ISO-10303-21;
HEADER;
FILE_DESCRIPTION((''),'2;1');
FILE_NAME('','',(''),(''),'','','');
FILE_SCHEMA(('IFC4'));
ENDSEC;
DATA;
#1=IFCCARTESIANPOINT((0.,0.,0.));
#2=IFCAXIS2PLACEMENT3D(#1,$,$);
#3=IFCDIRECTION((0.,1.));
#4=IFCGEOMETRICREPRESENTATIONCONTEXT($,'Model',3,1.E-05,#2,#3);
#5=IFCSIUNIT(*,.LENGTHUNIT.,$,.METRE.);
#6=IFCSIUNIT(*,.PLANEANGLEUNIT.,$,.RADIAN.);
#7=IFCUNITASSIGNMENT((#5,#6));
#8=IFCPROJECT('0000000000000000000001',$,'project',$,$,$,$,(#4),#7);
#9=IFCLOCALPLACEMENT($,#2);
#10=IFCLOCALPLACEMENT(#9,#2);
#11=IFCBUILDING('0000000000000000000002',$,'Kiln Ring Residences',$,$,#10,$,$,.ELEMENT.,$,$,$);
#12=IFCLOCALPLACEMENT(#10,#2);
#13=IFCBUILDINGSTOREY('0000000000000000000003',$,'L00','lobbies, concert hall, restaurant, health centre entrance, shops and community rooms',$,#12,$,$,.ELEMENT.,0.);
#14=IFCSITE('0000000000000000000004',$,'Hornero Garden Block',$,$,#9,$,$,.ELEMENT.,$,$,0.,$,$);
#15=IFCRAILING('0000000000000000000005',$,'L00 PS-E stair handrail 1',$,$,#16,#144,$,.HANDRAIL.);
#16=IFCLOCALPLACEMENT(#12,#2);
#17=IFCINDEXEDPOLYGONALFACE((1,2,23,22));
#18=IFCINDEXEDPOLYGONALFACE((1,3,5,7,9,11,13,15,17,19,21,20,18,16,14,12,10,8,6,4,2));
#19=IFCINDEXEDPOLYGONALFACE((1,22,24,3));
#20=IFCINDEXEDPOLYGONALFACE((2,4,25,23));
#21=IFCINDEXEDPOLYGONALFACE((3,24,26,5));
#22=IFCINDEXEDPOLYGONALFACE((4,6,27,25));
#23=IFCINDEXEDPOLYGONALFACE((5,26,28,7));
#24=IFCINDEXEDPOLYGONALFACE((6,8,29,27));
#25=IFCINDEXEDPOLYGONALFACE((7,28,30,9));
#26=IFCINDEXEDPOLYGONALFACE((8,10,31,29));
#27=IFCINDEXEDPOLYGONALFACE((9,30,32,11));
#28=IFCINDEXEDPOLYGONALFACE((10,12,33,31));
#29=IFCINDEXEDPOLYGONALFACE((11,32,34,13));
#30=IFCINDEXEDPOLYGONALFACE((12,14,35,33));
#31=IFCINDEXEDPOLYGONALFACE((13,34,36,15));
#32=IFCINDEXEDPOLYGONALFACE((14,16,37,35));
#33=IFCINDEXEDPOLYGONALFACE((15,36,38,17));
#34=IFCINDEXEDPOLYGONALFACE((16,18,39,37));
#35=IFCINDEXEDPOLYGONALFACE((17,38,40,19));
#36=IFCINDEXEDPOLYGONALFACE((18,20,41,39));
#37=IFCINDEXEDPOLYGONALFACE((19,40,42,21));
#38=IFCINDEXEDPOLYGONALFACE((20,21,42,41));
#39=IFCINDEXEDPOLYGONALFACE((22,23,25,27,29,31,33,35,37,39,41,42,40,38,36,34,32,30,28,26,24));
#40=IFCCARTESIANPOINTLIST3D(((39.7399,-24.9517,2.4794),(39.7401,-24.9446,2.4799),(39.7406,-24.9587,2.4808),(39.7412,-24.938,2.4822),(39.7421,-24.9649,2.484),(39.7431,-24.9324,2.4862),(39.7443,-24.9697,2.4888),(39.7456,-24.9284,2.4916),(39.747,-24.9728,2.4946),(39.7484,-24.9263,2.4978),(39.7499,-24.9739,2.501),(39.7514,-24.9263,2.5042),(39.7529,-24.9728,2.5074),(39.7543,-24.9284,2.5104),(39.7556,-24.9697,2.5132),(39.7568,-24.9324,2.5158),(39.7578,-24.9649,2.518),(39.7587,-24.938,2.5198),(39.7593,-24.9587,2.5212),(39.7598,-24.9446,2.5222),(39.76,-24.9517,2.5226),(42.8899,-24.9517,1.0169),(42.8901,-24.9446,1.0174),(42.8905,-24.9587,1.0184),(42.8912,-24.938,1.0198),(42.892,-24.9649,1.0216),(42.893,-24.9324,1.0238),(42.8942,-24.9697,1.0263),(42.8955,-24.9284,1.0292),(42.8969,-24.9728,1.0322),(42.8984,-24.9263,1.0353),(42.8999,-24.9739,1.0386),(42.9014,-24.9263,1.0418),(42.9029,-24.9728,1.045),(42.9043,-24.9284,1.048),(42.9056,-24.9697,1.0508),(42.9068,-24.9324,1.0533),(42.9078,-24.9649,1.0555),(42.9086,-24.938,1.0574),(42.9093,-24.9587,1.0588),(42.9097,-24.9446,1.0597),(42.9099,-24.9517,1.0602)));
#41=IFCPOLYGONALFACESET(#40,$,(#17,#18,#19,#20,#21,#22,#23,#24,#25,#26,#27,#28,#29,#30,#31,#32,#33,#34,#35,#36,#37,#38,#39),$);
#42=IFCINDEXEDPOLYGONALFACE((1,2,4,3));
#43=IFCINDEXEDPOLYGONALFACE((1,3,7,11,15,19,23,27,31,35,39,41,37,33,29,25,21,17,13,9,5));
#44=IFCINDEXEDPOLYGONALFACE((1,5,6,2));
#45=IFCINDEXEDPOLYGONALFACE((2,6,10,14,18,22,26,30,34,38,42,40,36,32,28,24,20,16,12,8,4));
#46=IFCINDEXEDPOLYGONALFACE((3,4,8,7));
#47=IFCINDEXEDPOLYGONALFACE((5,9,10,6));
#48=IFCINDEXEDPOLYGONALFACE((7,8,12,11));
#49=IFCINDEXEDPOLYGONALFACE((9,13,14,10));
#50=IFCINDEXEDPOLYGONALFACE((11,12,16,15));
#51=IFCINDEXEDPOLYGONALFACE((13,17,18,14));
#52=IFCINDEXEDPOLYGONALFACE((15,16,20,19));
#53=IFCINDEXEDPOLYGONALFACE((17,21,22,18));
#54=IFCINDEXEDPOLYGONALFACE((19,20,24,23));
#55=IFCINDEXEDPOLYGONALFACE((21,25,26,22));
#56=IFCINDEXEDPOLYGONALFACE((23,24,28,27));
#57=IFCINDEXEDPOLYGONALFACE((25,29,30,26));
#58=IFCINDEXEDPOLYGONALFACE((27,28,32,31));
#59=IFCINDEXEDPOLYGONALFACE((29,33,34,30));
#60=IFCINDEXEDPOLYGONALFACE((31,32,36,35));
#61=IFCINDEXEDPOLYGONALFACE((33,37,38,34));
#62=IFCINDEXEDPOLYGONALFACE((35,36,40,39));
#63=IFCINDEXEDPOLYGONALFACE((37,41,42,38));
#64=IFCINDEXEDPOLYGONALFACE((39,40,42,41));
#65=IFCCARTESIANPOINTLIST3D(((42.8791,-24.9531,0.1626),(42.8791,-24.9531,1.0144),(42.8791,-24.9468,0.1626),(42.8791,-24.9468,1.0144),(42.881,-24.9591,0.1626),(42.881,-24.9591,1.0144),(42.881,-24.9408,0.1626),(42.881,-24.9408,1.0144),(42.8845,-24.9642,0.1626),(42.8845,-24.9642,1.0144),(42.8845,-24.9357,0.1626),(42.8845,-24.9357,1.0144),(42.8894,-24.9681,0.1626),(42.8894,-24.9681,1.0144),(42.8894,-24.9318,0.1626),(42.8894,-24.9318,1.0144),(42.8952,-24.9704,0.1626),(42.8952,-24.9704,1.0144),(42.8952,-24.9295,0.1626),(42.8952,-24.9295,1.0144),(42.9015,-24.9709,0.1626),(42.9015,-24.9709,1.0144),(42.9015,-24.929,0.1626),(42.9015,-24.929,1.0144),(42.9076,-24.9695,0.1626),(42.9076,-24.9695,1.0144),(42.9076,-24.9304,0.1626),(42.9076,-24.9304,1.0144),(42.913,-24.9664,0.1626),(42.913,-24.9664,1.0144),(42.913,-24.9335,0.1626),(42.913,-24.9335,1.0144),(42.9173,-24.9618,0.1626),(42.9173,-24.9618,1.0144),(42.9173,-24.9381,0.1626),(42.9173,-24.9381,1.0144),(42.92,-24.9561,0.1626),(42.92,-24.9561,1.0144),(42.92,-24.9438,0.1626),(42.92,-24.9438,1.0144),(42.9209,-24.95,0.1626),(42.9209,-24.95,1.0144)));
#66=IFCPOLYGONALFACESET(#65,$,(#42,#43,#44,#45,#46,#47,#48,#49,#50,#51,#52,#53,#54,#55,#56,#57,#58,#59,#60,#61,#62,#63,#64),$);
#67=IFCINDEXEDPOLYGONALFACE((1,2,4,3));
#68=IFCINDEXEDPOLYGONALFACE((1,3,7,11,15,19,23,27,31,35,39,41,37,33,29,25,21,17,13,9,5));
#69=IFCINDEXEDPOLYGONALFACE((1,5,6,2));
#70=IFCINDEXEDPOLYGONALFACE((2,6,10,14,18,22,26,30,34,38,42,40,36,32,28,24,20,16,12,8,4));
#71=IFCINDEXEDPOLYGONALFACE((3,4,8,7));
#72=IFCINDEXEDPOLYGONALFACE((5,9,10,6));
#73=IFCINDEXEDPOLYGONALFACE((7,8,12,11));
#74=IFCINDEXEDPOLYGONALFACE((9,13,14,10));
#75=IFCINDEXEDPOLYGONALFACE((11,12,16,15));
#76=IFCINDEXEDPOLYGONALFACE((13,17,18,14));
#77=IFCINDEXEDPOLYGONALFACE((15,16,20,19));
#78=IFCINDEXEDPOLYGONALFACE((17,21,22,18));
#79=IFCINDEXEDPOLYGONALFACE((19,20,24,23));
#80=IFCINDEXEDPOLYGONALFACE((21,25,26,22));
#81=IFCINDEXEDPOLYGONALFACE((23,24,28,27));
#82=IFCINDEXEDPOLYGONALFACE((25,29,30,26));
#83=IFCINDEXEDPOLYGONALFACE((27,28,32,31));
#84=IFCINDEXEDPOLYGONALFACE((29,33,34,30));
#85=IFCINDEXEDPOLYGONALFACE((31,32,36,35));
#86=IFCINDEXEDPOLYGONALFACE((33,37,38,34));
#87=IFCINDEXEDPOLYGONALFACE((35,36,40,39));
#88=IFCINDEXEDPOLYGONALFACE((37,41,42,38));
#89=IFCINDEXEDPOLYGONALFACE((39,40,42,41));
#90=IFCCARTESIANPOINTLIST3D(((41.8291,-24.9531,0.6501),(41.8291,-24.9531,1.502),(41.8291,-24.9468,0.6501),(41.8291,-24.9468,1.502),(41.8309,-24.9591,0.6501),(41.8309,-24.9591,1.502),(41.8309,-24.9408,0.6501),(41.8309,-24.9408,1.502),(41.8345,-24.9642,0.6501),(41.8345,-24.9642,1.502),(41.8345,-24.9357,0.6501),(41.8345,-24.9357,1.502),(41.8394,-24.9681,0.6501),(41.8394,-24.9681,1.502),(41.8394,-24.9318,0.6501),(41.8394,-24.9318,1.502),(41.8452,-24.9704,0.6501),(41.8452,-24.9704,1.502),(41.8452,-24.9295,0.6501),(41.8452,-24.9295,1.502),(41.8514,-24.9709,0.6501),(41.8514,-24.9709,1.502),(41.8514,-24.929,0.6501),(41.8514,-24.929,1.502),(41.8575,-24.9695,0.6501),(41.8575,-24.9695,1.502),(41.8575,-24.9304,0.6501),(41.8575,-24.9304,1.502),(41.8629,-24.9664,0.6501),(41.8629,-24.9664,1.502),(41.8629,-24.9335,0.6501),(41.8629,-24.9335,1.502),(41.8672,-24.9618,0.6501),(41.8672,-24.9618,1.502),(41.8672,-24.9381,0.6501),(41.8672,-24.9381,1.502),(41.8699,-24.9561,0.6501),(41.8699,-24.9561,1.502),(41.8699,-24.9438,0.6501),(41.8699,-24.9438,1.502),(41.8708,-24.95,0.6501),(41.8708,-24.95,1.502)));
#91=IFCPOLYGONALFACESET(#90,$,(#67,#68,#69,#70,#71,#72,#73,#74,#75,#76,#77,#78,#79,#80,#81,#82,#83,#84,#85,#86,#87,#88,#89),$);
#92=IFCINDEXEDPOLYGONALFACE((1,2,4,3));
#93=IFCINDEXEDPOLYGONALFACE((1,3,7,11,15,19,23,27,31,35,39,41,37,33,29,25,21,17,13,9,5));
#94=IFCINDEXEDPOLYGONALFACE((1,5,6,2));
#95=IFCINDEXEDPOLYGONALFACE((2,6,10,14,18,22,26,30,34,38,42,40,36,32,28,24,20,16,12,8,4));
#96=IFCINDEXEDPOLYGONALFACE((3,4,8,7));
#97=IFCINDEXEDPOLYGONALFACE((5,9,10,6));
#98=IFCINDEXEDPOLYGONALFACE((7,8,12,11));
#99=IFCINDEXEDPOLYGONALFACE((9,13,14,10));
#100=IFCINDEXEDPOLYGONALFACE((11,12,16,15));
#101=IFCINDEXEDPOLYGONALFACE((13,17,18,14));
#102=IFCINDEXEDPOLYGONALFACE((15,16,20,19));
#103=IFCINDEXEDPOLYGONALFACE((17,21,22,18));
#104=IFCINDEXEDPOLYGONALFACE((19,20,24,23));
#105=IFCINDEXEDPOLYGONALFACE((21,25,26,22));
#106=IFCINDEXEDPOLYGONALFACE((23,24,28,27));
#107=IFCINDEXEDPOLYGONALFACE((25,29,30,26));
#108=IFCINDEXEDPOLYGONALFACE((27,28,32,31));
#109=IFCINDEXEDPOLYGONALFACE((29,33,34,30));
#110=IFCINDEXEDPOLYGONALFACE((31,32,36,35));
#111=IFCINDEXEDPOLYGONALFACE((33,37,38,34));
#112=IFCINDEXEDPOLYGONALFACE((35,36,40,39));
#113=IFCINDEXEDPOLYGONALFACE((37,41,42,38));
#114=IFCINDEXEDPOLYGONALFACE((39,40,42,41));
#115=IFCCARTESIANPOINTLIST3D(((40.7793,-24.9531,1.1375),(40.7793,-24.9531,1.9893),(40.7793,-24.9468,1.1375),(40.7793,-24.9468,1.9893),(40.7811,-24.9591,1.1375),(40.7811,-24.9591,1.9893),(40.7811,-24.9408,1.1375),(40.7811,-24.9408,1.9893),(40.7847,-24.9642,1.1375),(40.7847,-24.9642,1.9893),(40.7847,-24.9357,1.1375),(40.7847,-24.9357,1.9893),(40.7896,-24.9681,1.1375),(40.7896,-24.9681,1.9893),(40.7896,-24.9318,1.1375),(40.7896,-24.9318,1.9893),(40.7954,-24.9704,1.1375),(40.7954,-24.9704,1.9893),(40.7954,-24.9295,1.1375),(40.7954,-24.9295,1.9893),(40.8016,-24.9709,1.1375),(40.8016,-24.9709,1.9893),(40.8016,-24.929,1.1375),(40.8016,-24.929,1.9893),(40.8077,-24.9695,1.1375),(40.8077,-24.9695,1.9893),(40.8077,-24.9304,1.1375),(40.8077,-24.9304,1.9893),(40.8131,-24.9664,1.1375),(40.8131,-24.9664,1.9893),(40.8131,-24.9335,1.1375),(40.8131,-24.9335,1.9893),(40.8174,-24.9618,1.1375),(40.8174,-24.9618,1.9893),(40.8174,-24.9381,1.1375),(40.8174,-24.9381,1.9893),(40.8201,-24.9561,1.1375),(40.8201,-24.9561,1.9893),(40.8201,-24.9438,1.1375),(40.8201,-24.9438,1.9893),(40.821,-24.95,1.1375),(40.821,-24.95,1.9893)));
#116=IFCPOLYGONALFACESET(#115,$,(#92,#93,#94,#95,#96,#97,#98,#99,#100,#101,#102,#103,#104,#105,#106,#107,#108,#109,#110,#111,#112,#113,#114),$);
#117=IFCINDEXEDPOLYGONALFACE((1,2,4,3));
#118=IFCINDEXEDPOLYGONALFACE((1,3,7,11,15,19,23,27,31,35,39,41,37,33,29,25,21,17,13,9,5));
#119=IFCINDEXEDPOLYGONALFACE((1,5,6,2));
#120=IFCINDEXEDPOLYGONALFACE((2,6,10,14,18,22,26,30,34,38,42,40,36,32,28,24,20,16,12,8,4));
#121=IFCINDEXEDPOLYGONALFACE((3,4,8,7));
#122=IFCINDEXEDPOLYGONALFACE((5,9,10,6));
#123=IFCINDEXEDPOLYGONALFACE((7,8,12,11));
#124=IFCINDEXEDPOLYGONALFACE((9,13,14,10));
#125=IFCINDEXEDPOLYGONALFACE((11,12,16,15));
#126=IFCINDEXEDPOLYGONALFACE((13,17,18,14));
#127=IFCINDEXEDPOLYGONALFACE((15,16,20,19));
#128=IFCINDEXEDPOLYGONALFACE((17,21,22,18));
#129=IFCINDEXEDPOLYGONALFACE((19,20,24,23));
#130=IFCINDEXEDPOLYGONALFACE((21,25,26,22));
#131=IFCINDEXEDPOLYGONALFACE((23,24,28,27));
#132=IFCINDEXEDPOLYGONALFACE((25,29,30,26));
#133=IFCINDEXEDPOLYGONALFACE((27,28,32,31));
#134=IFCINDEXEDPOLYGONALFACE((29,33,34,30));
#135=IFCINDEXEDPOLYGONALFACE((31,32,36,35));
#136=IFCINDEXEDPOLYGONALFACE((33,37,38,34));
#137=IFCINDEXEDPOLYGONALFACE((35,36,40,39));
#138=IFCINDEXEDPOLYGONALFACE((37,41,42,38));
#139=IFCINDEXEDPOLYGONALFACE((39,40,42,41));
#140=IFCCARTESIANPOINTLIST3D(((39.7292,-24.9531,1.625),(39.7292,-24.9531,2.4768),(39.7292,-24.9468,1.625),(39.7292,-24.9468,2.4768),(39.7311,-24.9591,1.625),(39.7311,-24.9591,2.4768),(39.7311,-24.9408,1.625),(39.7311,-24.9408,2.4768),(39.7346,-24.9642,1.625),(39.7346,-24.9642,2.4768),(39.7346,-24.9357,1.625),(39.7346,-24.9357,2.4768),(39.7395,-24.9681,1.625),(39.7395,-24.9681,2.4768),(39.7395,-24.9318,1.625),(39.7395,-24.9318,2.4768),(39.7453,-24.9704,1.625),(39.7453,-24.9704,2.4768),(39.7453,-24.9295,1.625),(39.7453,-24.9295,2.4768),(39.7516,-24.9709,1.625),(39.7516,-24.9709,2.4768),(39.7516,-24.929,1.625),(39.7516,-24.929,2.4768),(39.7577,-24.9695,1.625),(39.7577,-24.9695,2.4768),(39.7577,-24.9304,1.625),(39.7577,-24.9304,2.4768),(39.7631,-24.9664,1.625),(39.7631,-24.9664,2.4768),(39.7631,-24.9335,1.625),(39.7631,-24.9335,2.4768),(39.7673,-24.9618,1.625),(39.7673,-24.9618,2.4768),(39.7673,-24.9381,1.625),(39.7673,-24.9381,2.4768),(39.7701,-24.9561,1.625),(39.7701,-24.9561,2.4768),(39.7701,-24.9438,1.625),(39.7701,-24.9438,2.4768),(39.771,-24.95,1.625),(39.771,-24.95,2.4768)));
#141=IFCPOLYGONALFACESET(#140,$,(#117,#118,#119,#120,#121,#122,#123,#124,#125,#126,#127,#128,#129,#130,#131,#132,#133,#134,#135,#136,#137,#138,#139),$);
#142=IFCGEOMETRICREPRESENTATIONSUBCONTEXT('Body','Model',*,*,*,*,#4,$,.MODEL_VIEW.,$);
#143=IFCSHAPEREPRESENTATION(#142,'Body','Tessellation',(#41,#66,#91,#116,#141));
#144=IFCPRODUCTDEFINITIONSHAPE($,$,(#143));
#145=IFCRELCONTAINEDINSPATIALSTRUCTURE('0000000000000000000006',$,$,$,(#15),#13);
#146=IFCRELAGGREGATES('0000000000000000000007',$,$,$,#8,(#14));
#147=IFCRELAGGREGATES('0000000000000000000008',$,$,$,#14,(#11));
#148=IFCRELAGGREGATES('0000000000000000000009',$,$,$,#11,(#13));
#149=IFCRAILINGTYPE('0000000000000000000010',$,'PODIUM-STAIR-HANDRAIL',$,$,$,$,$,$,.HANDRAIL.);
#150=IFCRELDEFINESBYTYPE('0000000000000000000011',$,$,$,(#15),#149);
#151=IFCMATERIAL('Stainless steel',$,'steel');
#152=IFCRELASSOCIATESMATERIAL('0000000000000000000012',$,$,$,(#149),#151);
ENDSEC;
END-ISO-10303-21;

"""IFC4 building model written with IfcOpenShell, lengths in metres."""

from ifc_helpers import new_model, si_unit, direction, frame, origin, origin_2d, place, context, subcontext, project, spatial, circle, extrude, material, type_object, element, save


model = new_model("IFC4")

# Units and contexts
model_context = context("Model", 3, precision=1e-05, world=origin(), true_north=direction((0.0, 1.0)))
body_context = subcontext(model_context, "Body", "Model", "MODEL_VIEW")
ifc_project = project(units=[si_unit("LENGTHUNIT", "METRE"), si_unit("PLANEANGLEUNIT", "RADIAN")], contexts=[model_context])

# Site, building, storey
site_placement = place(None, origin())
site = spatial("IfcSite", under=ifc_project, at=site_placement, Name="Hornero Garden Block", CompositionType="ELEMENT", RefElevation=0.0)
building_placement = place(site_placement, origin())
building = spatial("IfcBuilding", under=site, at=building_placement, Name="Kiln Ring Residences", CompositionType="ELEMENT")
storey_placement = place(building_placement, origin())
storey = spatial("IfcBuildingStorey", under=building, at=storey_placement, Name="L00", Description="lobbies, concert hall, restaurant, health centre entrance, shops and community rooms", CompositionType="ELEMENT", Elevation=0.0)

# Railing
ifc_material_1 = material(Name="Stainless steel", Category="steel")
railing_type_1 = type_object("IfcRailingType", Name="PODIUM-STAIR-HANDRAIL", PredefinedType="HANDRAIL", material=ifc_material_1)
for number, where, name in (
    (1, (42.8999, -24.95, 0.1626), "L00 PS-E stair handrail 1"),
):
    element("IfcRailing", number, at=place(storey_placement, frame(where)), inside=storey, type_object=railing_type_1, Name=name, PredefinedType="HANDRAIL", context=body_context, shape_type="SweptSolid", body=[
        extrude(circle(Radius=0.0239, at=origin_2d()), frame((0.0, 0.0, 0.876), z_axis=(-0.907015, 0.0, 0.421099), x_axis=(0.0, -1.0, 0.0)), (0.0, 0.0, 1.0), 3.4729),
        extrude(circle(Radius=0.021, at=origin_2d()), origin(), (0.0, 0.0, 1.0), 0.8518),
        extrude(circle(Radius=0.021, at=origin_2d()), frame((-1.05, 0.0, 0.4875)), (0.0, 0.0, 1.0), 0.8518),
        extrude(circle(Radius=0.021, at=origin_2d()), frame((-2.0999, 0.0, 0.9749)), (0.0, 0.0, 1.0), 0.8518),
        extrude(circle(Radius=0.021, at=origin_2d()), frame((-3.1499, 0.0, 1.4624)), (0.0, 0.0, 1.0), 0.8518),
    ])

save(model, "model.ifc")
